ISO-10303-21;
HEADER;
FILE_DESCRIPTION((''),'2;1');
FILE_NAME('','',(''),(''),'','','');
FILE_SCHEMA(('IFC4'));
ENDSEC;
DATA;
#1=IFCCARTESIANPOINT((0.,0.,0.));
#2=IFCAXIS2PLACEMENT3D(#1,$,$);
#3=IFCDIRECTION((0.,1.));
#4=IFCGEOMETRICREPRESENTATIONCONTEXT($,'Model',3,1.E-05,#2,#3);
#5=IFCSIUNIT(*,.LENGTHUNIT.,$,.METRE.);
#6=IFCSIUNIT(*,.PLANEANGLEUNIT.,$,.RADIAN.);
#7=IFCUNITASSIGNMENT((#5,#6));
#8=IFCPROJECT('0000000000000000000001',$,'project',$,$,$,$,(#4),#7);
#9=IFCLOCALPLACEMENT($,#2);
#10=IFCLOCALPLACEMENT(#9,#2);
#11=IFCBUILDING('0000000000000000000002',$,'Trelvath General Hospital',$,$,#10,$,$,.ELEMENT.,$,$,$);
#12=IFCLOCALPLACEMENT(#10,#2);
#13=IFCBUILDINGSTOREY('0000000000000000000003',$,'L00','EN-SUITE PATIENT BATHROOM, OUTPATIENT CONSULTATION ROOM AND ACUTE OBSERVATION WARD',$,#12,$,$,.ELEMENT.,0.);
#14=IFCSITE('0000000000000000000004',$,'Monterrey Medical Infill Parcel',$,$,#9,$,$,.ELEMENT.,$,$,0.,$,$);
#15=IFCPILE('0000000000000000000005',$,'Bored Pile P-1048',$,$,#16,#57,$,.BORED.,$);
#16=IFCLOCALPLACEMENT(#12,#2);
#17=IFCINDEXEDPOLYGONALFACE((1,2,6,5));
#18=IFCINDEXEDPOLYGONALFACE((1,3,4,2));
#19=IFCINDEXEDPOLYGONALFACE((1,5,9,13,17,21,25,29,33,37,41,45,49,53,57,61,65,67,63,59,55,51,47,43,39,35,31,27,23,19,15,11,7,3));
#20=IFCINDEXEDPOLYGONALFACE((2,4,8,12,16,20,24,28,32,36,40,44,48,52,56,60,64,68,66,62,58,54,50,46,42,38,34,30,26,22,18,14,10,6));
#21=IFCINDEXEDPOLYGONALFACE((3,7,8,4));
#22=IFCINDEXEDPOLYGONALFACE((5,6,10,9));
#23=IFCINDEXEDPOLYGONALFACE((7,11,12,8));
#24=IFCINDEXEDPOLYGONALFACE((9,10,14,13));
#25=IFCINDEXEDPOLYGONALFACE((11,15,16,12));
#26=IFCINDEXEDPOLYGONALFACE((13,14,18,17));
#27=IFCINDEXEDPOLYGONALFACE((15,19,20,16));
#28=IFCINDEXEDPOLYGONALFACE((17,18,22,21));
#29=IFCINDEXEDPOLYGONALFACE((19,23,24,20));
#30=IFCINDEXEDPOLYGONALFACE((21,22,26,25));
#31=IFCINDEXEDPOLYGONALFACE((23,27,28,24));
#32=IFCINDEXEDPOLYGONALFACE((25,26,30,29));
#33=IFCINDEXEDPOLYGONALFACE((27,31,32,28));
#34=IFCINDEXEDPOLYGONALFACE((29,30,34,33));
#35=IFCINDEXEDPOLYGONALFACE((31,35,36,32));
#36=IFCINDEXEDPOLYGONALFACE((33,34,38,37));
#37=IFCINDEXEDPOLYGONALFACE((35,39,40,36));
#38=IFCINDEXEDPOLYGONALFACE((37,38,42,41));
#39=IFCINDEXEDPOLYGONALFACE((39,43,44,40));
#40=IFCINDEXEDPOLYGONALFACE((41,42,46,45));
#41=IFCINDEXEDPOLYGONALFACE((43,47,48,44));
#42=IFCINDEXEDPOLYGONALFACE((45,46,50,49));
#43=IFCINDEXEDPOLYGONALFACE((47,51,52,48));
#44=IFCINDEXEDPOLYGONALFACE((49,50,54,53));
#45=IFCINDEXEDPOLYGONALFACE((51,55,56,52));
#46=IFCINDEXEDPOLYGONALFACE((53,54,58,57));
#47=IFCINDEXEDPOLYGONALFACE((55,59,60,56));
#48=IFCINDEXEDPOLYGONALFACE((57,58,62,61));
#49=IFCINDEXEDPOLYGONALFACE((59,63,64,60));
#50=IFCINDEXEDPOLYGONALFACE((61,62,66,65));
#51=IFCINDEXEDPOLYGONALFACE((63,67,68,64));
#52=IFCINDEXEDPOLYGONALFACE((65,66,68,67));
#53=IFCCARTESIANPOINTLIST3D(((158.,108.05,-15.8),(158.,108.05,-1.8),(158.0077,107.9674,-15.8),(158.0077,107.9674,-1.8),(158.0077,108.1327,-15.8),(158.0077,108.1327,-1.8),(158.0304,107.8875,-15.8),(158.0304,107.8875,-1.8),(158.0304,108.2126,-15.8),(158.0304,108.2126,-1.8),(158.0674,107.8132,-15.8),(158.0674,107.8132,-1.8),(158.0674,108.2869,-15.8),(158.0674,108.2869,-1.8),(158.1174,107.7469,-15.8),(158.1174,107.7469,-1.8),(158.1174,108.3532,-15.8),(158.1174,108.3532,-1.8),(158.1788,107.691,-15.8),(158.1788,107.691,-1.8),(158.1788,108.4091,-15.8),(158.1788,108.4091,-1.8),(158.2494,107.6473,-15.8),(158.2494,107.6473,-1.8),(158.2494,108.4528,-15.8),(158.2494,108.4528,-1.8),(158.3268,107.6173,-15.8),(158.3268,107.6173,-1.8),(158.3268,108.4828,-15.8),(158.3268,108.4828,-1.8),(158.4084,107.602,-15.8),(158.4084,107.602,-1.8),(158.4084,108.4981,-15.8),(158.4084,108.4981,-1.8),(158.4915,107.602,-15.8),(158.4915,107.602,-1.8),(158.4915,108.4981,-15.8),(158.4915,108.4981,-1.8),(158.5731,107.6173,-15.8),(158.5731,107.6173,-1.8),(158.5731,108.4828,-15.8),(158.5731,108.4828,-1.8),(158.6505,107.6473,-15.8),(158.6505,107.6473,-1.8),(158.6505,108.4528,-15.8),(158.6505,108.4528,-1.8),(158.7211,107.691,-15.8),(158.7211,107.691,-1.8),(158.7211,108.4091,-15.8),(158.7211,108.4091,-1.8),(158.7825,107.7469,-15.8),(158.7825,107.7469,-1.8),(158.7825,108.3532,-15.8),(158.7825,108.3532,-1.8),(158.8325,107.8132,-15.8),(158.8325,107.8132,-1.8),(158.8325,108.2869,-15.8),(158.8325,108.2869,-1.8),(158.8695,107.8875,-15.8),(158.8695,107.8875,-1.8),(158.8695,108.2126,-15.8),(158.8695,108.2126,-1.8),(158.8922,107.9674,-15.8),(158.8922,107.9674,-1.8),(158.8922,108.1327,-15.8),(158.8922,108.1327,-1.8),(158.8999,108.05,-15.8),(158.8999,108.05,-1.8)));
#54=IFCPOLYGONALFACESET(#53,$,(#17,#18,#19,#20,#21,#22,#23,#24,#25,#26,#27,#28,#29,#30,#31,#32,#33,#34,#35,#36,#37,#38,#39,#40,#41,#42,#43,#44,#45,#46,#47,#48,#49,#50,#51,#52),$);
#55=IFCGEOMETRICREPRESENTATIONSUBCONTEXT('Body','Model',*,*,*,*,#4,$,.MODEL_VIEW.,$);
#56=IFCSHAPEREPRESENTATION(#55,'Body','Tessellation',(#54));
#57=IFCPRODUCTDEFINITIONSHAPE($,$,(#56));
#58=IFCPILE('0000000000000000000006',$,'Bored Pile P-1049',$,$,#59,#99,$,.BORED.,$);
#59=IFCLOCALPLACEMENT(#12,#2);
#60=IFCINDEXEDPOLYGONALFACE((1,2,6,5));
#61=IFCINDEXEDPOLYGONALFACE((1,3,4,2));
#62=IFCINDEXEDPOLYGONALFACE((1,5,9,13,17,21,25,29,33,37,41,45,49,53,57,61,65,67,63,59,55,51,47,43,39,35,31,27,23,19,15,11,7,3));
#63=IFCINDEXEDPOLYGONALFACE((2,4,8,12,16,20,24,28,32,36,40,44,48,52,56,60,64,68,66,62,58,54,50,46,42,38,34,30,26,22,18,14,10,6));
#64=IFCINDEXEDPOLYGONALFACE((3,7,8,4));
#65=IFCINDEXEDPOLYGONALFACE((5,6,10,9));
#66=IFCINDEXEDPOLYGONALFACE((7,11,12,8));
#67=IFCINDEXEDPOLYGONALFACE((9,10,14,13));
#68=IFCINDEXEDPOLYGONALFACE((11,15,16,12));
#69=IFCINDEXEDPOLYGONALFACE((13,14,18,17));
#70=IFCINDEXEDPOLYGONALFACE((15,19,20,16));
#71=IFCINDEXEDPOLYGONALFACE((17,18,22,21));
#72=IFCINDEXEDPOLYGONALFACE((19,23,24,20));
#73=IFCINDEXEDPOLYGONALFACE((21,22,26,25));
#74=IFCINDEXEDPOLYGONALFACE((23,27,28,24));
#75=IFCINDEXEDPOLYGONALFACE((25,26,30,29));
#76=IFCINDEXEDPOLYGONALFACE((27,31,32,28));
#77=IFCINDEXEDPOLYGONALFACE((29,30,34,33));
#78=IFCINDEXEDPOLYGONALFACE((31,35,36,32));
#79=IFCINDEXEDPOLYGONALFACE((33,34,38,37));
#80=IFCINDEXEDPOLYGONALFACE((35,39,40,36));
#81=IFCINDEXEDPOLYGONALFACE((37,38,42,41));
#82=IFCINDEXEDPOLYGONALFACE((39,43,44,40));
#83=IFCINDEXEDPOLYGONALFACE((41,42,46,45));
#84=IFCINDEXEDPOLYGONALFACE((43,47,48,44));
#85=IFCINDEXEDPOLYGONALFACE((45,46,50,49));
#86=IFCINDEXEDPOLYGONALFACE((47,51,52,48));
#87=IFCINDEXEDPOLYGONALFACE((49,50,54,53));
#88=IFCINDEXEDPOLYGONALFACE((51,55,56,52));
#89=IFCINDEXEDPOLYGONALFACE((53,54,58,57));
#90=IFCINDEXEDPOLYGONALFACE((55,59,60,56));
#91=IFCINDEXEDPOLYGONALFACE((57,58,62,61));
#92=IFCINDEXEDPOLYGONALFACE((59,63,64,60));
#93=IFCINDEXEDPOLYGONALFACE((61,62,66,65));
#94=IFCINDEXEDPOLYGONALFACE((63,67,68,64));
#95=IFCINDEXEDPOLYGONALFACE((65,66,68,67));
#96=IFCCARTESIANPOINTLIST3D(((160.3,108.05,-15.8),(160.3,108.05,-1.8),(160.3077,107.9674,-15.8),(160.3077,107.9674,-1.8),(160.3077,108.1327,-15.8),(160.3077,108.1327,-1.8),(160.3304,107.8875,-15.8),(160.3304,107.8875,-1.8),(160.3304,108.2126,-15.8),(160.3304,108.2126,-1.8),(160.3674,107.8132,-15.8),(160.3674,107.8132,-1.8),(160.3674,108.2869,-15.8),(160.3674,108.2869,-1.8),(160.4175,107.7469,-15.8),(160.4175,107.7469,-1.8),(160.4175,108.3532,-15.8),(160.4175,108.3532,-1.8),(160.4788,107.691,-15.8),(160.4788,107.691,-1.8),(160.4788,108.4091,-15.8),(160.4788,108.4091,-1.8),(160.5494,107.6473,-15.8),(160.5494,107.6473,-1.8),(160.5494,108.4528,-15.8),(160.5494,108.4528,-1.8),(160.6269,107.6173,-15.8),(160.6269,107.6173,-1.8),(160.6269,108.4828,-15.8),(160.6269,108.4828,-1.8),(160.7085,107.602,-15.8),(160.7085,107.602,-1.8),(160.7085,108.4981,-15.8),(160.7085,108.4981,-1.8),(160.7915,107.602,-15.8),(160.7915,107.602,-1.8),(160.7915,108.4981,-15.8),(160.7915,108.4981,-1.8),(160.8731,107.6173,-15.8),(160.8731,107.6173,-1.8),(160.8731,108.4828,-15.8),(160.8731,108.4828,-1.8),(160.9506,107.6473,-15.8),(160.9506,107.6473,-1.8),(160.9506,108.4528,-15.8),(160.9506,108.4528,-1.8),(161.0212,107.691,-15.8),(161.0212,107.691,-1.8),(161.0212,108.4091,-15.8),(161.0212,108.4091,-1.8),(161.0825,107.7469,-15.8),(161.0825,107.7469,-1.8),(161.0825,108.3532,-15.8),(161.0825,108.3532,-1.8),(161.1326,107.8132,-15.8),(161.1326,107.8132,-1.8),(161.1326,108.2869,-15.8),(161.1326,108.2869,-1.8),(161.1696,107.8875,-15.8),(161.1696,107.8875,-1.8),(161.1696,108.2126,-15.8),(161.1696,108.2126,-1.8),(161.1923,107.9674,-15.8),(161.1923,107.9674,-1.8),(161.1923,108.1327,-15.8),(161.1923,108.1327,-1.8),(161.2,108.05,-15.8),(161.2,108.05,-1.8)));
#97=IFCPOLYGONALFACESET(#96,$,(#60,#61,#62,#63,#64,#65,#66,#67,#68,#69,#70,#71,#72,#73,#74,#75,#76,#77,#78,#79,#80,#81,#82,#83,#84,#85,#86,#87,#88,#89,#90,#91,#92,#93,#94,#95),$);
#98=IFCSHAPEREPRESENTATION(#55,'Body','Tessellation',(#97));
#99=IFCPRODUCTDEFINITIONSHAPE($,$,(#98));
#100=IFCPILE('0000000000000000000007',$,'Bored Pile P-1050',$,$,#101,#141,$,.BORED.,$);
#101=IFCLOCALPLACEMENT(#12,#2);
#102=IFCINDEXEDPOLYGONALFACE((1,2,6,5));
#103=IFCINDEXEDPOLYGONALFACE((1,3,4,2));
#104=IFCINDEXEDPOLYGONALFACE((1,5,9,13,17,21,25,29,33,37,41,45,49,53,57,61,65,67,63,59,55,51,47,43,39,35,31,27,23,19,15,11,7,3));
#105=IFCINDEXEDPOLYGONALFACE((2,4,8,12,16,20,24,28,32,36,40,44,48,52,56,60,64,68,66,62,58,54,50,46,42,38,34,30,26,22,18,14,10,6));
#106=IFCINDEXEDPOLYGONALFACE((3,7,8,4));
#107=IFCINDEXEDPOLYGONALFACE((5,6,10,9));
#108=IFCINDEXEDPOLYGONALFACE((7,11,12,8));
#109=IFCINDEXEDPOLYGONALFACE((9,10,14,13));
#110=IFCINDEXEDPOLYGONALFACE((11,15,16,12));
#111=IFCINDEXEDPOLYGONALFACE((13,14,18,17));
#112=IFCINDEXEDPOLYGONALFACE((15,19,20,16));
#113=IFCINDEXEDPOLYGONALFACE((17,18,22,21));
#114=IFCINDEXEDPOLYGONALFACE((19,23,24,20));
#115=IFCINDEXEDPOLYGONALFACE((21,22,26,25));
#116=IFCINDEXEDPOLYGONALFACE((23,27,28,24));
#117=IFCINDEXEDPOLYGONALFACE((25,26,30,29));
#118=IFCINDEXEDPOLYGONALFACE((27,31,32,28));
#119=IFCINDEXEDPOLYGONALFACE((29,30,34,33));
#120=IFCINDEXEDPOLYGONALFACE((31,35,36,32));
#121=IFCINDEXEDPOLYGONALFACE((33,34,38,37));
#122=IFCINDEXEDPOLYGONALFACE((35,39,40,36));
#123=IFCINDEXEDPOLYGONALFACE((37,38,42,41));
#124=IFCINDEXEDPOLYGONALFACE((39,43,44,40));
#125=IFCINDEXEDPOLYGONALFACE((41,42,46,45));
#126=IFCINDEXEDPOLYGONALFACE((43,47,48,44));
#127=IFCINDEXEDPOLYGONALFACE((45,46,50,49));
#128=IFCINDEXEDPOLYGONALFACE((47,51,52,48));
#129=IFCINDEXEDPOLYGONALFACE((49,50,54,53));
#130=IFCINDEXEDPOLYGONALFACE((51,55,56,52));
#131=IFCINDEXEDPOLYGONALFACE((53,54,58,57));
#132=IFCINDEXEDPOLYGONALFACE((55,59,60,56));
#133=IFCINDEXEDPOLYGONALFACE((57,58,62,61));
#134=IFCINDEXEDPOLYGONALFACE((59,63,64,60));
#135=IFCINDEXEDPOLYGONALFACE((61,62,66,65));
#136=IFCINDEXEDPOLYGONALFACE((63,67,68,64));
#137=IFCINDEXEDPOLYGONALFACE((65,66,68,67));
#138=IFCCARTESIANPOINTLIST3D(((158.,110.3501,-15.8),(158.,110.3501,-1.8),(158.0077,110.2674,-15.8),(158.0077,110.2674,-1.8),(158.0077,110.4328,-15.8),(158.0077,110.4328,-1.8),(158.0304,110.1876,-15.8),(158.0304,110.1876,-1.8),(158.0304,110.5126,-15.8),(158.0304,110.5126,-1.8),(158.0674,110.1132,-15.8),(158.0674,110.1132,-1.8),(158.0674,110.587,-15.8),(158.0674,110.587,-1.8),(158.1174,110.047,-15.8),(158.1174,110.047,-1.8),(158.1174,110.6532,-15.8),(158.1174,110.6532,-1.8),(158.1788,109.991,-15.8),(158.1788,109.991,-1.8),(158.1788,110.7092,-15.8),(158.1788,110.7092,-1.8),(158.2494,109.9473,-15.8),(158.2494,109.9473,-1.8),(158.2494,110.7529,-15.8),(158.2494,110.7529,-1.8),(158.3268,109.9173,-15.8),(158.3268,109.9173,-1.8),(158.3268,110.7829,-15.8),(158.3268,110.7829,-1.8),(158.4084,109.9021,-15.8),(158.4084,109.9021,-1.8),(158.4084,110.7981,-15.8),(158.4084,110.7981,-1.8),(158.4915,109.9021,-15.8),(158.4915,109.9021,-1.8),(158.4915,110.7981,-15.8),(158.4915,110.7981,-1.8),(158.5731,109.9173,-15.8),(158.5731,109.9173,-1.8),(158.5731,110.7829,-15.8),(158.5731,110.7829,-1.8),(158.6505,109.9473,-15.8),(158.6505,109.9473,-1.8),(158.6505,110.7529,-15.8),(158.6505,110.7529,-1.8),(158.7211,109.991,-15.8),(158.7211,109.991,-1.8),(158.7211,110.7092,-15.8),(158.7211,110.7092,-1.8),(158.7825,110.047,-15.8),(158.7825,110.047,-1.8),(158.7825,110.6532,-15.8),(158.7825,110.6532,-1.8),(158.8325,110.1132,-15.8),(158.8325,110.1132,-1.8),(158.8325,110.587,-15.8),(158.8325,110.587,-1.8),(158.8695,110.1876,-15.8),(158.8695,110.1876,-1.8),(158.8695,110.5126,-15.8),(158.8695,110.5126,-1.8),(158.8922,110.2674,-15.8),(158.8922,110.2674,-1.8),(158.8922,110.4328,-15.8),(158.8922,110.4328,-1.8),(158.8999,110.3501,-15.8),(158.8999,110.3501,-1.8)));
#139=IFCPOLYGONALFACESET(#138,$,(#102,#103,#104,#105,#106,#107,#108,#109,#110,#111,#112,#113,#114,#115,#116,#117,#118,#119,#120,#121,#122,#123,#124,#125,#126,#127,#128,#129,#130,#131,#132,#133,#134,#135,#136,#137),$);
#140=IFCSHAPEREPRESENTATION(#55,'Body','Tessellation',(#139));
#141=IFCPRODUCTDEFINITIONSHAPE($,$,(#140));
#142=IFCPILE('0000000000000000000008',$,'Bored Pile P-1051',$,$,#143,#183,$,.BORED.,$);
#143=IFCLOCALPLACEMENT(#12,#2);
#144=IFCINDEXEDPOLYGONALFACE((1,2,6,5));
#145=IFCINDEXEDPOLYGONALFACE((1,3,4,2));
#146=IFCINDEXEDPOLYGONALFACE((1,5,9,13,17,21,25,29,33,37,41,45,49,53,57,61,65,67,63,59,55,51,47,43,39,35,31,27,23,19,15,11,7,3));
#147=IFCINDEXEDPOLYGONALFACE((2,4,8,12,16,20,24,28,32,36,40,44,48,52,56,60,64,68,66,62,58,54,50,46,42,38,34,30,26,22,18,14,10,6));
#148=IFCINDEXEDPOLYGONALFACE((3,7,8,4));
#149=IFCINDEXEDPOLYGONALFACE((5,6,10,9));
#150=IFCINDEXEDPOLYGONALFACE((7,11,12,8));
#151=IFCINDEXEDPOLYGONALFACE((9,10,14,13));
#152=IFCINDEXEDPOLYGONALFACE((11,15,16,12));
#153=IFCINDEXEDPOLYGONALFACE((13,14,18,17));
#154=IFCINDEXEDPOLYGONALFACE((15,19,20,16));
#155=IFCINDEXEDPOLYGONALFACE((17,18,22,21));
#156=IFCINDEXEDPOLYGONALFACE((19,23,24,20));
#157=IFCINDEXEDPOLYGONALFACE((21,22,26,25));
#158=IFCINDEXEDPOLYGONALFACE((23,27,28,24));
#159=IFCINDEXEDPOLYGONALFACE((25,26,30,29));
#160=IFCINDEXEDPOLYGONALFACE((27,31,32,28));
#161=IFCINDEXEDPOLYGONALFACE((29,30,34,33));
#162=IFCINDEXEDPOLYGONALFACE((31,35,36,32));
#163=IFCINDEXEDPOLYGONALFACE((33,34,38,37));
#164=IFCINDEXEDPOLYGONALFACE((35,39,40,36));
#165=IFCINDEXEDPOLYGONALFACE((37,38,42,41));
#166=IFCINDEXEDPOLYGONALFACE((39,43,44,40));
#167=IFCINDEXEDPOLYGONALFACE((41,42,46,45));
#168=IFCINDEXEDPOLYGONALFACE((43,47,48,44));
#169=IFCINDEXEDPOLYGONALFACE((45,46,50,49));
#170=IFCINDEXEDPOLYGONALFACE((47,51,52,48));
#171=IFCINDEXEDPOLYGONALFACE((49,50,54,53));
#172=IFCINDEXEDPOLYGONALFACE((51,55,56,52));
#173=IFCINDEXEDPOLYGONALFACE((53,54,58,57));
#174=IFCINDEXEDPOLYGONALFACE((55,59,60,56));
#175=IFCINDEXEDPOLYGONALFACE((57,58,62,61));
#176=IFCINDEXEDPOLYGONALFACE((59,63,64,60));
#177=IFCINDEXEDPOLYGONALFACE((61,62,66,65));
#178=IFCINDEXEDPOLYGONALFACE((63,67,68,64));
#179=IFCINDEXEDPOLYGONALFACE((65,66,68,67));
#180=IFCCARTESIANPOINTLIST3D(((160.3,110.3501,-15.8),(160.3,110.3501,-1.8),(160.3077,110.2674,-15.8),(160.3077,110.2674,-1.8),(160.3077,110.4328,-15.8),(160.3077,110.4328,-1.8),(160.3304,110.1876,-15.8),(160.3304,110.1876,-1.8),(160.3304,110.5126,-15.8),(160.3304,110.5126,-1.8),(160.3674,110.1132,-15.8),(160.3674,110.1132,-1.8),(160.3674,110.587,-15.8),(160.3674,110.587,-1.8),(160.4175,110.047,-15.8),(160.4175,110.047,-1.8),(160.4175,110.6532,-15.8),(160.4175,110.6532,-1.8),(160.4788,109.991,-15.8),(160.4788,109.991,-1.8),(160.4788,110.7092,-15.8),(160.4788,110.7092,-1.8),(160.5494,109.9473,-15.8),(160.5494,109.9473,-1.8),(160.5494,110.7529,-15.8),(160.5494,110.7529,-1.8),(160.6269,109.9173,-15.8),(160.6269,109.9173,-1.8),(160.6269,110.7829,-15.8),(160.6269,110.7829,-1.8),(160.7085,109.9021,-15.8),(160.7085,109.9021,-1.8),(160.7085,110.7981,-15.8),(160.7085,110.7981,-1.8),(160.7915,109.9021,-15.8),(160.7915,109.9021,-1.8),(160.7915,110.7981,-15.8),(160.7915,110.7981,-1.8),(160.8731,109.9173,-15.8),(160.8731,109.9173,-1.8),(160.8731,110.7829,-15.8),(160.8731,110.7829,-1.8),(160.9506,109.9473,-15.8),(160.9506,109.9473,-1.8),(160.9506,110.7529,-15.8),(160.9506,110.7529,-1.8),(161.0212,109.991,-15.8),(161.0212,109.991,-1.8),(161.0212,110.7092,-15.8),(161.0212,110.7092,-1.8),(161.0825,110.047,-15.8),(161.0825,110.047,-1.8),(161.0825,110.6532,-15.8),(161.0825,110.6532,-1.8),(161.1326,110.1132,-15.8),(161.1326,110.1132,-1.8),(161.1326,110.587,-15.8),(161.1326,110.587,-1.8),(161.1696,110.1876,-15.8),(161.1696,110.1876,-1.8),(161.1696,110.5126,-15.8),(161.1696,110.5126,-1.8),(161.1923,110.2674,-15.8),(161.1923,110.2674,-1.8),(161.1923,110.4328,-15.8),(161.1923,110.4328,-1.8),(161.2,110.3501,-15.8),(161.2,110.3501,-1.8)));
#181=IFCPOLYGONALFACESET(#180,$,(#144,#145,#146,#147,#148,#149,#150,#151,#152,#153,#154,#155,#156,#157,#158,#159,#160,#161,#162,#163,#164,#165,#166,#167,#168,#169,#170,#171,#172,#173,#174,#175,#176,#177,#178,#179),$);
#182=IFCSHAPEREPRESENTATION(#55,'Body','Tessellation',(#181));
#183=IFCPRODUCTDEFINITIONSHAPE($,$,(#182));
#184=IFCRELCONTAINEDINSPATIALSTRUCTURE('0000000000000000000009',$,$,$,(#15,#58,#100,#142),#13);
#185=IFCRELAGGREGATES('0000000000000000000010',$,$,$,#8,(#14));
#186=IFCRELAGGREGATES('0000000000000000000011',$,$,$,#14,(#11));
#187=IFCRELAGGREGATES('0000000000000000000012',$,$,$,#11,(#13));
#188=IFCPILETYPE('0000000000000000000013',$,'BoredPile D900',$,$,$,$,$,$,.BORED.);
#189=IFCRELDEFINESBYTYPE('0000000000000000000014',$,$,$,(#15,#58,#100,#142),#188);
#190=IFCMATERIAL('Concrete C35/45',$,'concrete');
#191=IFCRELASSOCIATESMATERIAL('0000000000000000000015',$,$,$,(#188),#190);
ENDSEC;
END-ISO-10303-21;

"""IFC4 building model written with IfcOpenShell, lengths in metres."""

from ifc_helpers import new_model, si_unit, direction, frame, origin, origin_2d, place, context, subcontext, project, spatial, circle, extrude, material, material_profile, profile_set, type_object, element, save


model = new_model("IFC4")

# Units and contexts
model_context = context("Model", 3, precision=1e-05, world=origin(), true_north=direction((0.0, 1.0)))
body_context = subcontext(model_context, "Body", "Model", "MODEL_VIEW")
ifc_project = project(units=[si_unit("LENGTHUNIT", "METRE"), si_unit("PLANEANGLEUNIT", "RADIAN")], contexts=[model_context])

# Site, building, storey
site_placement = place(None, origin())
site = spatial("IfcSite", under=ifc_project, at=site_placement, Name="Monterrey Medical Infill Parcel", CompositionType="ELEMENT", RefElevation=0.0)
building_placement = place(site_placement, origin())
building = spatial("IfcBuilding", under=site, at=building_placement, Name="Trelvath General Hospital", CompositionType="ELEMENT")
storey_placement = place(building_placement, origin())
storey = spatial("IfcBuildingStorey", under=building, at=storey_placement, Name="L00", Description="EN-SUITE PATIENT BATHROOM, OUTPATIENT CONSULTATION ROOM AND ACUTE OBSERVATION WARD", CompositionType="ELEMENT", Elevation=0.0)

# Piles
ifc_material_1 = material(Name="Concrete C35/45", Category="concrete")
ifc_material_profile_1 = material_profile(ifc_material_1, circle(Radius=0.45, at=origin_2d()), Name="PILE900")
ifc_profile_set_1 = profile_set([ifc_material_profile_1], Name="Concrete C35/45")
pile_type = type_object("IfcPileType", Name="BoredPile D900", PredefinedType="BORED", material=ifc_profile_set_1)
for number, where, z_axis, x_axis, name in (
    (1, (158.45, 108.05, -1.8), (0.0, 0.0, -1.0), (1.0, 0.0, 0.0), "Bored Pile P-1048"),
    (2, (160.75, 108.05, -1.8), (0.0, 0.0, -1.0), (1.0, 0.0, 0.0), "Bored Pile P-1049"),
    (3, (158.45, 110.3501, -1.8), (0.0, 0.0, -1.0), (1.0, 0.0, 0.0), "Bored Pile P-1050"),
    (4, (160.75, 110.3501, -1.8), (0.0, 0.0, -1.0), (1.0, 0.0, 0.0), "Bored Pile P-1051"),
):
    element("IfcPile", number, at=place(storey_placement, frame(where, z_axis=z_axis, x_axis=x_axis)), inside=storey, type_object=pile_type, Name=name, PredefinedType="BORED", context=body_context, shape_type="SweptSolid", body=[
        extrude(circle(Radius=0.45, at=origin_2d()), origin(), (0.0, 0.0, 1.0), 14.0),
    ])

save(model, "model.ifc")
